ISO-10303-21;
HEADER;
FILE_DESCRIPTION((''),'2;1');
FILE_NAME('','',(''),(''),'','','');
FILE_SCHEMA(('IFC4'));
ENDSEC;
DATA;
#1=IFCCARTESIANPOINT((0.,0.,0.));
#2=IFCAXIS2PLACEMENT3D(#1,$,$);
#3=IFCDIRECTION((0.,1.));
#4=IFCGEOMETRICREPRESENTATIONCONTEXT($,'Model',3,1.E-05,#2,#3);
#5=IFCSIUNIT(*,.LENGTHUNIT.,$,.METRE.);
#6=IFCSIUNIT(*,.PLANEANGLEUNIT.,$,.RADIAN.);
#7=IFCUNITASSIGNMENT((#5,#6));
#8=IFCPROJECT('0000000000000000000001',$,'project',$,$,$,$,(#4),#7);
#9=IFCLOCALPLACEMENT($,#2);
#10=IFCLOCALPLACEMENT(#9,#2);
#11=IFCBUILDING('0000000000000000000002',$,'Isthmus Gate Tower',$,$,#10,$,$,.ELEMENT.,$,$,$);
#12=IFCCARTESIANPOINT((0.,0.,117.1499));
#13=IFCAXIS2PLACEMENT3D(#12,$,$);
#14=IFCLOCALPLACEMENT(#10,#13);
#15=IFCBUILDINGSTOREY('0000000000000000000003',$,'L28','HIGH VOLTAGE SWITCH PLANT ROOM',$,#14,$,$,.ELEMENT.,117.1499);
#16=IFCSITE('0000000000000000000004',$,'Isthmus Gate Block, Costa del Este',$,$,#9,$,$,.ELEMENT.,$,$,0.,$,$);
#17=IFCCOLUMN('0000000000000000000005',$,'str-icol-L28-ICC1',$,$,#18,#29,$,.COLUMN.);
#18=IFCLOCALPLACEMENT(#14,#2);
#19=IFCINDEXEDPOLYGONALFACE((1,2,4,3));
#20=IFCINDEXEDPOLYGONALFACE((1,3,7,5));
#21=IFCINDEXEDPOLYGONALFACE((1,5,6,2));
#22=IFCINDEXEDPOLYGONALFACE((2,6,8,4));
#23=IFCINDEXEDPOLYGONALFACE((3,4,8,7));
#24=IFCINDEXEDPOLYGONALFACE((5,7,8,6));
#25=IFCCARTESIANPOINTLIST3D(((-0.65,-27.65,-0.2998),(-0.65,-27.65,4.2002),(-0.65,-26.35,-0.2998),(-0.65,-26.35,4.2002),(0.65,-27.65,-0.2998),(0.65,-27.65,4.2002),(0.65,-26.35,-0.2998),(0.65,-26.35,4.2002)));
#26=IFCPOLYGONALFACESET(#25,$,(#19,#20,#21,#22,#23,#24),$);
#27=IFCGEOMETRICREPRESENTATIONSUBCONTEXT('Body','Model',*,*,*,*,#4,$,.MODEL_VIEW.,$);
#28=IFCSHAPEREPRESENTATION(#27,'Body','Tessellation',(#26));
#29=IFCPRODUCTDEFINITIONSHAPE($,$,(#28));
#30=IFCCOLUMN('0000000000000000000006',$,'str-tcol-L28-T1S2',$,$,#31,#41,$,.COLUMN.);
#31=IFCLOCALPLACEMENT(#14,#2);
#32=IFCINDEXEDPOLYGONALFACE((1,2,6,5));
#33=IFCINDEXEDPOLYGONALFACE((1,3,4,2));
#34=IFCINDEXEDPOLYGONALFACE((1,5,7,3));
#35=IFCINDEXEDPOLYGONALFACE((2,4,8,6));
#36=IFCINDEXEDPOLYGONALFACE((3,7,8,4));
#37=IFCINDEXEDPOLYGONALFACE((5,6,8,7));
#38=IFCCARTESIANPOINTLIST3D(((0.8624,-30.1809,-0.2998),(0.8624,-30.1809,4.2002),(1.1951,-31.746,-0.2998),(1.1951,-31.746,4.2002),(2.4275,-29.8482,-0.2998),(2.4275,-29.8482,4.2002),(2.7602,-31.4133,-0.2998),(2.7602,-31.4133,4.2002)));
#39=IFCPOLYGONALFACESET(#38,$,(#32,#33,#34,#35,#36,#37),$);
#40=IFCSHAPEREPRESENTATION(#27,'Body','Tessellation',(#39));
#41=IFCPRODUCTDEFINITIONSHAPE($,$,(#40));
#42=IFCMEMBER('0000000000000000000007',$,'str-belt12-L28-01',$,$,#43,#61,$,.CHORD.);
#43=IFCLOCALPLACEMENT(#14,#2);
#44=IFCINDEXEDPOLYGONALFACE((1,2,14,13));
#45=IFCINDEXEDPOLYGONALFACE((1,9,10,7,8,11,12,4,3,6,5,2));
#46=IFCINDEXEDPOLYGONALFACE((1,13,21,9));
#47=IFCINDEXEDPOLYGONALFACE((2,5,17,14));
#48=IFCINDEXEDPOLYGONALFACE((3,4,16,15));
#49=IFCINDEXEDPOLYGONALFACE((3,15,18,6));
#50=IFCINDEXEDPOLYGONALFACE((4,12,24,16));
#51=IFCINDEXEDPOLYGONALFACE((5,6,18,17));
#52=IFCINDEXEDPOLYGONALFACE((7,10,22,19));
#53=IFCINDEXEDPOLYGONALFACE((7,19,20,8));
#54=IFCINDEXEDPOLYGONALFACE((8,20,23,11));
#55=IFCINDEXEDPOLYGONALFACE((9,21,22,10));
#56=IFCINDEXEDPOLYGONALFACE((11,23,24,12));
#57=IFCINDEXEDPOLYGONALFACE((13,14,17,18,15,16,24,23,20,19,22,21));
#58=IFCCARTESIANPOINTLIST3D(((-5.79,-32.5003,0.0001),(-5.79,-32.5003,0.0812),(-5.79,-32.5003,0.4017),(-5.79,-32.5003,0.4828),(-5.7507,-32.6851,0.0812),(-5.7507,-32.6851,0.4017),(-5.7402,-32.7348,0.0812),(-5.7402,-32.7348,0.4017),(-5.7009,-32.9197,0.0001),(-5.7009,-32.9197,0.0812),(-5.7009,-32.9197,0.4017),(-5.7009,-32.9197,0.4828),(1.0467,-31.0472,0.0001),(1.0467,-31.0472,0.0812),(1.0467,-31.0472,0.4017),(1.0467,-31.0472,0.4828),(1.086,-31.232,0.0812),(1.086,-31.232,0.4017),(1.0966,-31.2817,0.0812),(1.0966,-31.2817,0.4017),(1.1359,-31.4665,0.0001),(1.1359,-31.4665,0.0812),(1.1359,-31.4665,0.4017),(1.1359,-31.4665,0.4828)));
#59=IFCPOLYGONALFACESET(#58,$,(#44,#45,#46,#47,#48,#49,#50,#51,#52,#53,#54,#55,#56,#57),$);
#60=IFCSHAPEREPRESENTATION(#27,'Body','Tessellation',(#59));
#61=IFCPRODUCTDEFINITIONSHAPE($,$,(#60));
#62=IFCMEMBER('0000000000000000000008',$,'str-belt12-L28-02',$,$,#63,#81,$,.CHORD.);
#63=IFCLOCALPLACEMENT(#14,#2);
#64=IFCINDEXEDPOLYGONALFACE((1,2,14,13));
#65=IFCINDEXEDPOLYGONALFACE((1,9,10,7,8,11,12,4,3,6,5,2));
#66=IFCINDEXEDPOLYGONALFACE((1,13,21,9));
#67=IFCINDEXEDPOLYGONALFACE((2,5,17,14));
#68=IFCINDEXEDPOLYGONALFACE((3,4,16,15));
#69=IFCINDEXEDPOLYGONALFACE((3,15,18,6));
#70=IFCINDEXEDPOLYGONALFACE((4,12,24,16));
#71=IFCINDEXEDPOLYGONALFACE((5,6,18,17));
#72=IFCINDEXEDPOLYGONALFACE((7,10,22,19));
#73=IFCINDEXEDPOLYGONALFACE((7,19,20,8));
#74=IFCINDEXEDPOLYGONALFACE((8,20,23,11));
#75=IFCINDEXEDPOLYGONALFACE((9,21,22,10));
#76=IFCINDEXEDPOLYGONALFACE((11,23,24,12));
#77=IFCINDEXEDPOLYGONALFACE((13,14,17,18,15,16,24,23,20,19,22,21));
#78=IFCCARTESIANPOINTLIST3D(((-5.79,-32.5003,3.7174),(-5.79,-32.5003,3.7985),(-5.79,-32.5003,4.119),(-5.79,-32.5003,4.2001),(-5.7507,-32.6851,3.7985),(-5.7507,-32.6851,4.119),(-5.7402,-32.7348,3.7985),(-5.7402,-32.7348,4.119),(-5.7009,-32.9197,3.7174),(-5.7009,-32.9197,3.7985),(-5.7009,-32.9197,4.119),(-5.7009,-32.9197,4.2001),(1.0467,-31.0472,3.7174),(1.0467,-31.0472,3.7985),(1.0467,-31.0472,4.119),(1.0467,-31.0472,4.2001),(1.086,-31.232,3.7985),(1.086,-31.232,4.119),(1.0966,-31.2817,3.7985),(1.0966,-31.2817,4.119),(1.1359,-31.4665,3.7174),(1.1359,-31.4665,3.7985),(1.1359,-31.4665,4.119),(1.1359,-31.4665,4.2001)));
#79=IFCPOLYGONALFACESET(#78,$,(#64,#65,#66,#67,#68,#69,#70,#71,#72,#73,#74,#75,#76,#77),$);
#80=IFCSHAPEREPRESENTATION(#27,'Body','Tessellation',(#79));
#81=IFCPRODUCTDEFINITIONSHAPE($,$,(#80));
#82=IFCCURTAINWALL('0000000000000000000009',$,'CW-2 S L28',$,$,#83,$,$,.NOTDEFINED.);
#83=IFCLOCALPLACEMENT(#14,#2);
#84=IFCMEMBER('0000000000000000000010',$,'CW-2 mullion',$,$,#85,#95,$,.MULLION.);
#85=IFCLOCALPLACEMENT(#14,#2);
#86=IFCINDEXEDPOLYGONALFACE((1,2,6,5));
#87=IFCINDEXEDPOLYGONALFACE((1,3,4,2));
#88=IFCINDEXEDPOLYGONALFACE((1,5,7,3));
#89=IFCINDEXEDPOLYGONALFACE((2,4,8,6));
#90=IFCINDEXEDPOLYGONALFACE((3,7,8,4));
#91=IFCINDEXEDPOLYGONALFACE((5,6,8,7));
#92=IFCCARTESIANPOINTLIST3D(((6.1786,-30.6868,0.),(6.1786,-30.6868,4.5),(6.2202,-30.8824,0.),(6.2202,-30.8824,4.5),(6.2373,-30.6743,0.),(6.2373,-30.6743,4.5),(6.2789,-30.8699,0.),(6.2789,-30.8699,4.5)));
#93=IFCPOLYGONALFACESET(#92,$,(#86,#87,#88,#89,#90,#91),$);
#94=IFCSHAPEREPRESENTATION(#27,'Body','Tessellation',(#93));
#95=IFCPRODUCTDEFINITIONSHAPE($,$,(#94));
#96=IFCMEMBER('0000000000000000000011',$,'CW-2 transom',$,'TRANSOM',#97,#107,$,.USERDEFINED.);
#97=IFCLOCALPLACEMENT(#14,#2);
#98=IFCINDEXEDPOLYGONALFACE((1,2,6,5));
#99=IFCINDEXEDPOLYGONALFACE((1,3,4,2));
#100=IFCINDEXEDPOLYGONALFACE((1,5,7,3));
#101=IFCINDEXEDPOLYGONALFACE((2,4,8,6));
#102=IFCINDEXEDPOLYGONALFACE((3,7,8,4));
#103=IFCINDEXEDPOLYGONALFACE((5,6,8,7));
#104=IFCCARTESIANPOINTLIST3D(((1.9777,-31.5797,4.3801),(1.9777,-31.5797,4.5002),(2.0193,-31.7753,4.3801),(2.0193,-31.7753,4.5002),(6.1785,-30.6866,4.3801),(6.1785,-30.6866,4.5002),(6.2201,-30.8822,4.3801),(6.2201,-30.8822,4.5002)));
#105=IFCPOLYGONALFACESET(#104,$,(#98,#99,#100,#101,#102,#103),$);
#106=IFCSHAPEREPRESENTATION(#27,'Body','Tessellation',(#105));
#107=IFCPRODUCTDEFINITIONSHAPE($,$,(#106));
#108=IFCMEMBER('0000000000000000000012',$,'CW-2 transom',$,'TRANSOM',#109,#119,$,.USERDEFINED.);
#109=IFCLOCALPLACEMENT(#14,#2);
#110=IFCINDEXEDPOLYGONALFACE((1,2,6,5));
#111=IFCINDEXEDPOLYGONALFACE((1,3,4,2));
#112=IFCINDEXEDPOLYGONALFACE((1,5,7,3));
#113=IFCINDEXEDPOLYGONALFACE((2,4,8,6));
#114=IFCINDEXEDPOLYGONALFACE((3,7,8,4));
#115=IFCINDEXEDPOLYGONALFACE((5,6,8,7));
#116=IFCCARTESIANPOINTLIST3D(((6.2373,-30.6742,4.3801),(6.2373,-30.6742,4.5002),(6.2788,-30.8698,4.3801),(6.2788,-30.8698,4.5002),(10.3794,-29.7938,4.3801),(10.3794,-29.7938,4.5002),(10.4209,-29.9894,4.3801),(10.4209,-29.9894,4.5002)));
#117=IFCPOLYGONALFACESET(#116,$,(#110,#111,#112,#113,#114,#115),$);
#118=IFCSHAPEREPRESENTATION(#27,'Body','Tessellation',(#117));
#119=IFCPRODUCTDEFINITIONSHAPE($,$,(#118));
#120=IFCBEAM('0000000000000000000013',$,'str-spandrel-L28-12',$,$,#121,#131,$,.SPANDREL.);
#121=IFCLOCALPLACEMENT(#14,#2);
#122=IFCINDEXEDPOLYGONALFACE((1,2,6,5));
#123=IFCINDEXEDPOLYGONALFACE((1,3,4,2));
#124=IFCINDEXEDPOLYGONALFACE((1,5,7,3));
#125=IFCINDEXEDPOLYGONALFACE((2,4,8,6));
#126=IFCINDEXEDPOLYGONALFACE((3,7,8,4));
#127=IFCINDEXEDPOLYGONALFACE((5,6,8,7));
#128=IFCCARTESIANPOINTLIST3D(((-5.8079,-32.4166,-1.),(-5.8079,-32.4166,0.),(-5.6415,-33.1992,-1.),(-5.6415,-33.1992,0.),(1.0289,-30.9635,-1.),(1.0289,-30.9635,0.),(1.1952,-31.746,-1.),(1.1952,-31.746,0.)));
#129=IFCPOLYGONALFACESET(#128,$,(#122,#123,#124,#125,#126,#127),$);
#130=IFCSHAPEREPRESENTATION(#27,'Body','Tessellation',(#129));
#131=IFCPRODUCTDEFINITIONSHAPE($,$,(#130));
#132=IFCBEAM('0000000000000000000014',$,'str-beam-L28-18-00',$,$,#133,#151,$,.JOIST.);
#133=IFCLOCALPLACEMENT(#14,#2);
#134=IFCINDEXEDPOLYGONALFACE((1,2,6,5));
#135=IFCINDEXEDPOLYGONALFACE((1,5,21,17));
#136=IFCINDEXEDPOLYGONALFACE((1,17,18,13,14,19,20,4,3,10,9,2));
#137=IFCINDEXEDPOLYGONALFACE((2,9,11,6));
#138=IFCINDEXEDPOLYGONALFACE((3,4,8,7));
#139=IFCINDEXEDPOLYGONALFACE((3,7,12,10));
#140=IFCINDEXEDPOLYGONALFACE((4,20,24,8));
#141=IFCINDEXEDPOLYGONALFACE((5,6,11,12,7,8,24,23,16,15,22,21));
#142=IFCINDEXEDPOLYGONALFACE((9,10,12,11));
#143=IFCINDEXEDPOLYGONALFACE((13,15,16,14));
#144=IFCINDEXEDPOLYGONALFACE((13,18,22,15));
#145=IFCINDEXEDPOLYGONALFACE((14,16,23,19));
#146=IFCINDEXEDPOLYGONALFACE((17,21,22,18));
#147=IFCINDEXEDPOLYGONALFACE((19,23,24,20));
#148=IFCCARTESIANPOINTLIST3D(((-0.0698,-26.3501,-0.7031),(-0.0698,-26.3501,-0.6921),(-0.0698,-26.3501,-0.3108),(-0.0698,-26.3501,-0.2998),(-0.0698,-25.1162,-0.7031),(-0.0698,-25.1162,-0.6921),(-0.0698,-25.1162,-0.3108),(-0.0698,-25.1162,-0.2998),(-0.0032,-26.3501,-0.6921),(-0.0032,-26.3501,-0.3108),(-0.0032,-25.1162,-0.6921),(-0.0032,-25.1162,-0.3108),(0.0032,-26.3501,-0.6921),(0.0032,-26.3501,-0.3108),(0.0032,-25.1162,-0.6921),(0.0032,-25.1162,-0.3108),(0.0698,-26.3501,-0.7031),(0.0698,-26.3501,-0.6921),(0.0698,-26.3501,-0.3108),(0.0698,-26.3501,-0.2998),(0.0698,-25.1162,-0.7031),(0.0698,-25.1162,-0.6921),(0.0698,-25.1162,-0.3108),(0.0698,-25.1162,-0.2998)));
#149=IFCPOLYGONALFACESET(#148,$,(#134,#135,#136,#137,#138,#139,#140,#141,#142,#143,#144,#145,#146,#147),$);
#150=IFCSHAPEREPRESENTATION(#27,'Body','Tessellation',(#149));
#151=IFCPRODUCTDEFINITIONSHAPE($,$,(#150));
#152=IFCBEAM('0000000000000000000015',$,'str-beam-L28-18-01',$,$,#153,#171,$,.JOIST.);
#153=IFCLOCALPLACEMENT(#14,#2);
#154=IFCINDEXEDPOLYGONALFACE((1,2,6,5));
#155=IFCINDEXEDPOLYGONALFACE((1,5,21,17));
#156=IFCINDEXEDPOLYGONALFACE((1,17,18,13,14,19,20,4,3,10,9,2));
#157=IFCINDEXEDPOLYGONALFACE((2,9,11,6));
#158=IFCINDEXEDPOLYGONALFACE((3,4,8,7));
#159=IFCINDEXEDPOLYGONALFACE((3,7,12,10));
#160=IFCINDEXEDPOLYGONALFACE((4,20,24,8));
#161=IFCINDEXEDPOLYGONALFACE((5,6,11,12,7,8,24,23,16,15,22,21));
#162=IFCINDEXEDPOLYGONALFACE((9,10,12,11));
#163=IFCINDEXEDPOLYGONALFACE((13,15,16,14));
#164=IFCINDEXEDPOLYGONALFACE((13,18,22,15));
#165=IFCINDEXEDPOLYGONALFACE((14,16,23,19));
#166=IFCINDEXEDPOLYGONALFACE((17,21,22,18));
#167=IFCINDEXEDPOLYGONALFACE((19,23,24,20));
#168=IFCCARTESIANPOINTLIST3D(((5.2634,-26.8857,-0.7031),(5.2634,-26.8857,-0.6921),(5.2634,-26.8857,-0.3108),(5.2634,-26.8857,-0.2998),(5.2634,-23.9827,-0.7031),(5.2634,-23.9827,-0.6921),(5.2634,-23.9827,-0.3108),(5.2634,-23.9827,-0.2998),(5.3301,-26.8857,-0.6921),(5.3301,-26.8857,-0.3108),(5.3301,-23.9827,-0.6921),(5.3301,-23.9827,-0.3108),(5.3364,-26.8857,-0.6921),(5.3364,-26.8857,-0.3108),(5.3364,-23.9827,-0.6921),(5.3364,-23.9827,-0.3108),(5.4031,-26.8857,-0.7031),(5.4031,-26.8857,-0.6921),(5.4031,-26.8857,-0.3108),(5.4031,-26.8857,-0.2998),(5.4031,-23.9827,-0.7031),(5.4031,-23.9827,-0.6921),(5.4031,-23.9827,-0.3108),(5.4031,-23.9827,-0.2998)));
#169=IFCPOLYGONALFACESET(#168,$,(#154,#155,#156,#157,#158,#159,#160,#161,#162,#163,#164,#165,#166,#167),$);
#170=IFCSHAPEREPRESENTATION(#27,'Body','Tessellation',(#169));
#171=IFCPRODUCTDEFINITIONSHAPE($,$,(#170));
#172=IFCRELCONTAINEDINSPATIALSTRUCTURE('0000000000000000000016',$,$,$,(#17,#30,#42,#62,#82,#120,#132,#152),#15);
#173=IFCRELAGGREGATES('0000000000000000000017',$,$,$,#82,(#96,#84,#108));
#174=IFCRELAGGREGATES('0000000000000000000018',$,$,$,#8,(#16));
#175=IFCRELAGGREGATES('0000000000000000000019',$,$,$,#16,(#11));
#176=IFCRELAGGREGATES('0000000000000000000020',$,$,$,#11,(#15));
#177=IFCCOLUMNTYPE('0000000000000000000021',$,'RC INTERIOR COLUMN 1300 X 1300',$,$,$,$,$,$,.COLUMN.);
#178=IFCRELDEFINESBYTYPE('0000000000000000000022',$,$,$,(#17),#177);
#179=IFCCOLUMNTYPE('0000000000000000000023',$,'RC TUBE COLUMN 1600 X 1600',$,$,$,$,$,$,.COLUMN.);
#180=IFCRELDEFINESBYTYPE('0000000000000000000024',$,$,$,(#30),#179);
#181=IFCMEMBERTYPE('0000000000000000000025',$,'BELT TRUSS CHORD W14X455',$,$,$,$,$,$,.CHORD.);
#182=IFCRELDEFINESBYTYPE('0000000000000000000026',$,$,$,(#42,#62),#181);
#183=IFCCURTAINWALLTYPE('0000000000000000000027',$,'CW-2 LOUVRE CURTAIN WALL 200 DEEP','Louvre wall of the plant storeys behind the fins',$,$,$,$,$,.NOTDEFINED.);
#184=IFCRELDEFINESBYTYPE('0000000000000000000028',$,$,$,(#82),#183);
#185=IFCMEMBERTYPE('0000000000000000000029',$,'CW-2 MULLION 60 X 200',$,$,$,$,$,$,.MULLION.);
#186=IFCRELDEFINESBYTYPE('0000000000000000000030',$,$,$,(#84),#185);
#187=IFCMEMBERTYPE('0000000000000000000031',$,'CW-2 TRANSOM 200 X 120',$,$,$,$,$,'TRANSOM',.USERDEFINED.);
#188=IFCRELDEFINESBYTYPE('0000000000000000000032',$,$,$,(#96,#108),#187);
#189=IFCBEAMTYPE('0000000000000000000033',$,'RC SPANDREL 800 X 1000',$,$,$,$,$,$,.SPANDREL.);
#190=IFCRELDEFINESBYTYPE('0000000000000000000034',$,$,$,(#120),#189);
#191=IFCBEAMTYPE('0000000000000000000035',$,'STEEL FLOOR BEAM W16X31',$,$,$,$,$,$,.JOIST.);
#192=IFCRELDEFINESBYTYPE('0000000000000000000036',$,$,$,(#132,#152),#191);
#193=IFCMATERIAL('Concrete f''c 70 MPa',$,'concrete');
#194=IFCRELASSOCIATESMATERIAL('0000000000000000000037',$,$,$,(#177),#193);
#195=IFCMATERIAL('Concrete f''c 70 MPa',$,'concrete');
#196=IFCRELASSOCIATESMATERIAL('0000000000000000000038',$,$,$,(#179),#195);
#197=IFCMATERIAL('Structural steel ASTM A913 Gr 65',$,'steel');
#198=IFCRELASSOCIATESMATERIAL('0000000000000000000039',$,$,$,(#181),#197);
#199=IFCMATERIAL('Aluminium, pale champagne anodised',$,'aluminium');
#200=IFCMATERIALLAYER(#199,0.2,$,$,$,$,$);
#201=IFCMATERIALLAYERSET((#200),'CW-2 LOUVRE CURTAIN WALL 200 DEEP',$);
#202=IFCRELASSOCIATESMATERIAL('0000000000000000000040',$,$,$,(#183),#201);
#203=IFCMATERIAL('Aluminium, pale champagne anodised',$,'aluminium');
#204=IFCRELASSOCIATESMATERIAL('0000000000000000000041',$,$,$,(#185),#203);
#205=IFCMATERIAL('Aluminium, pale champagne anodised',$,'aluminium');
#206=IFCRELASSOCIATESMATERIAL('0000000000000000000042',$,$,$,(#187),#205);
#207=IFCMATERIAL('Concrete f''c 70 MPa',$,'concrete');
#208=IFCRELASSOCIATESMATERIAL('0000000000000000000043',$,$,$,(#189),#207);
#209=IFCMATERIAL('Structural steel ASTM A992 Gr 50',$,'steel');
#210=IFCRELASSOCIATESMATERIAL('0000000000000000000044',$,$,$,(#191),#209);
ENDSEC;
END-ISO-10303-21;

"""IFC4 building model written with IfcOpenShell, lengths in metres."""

from ifc_helpers import new_model, si_unit, direction, frame, origin, origin_2d, place, context, subcontext, project, spatial, rectangle, i_section, extrude, material, layer, layer_set, material_profile, profile_set, type_object, element, aggregate, save


model = new_model("IFC4")

# Units and contexts
model_context = context("Model", 3, precision=1e-05, world=origin(), true_north=direction((0.0, 1.0)))
body_context = subcontext(model_context, "Body", "Model", "MODEL_VIEW")
ifc_project = project(units=[si_unit("LENGTHUNIT", "METRE"), si_unit("PLANEANGLEUNIT", "RADIAN")], contexts=[model_context])

# Site, building, storey
site_placement = place(None, origin())
site = spatial("IfcSite", under=ifc_project, at=site_placement, Name="Isthmus Gate Block, Costa del Este", CompositionType="ELEMENT", RefElevation=0.0)
building_placement = place(site_placement, origin())
building = spatial("IfcBuilding", under=site, at=building_placement, Name="Isthmus Gate Tower", CompositionType="ELEMENT")
storey_placement = place(building_placement, frame((0.0, 0.0, 117.1499)))
storey = spatial("IfcBuildingStorey", under=building, at=storey_placement, Name="L28", Description="HIGH VOLTAGE SWITCH PLANT ROOM", CompositionType="ELEMENT", Elevation=117.1499)

# Columns
ifc_material_1 = material(Name="Concrete f'c 70 MPa", Category="concrete")
ifc_material_profile_1 = material_profile(ifc_material_1, rectangle(XDim=1.3, YDim=1.3, at=origin_2d()), Name="RC 1300X1300")
ifc_profile_set_1 = profile_set([ifc_material_profile_1], Name="Concrete f'c 70 MPa")
column_type_1 = type_object("IfcColumnType", Name="RC INTERIOR COLUMN 1300 X 1300", PredefinedType="COLUMN", material=ifc_profile_set_1)
column_1_placement = place(storey_placement, frame((0.0, -27.0, -0.2998), z_axis=(0.0, 0.0, 1.0), x_axis=(1.0, 0.0, 0.0)))
element("IfcColumn", 1, at=column_1_placement, inside=storey, type_object=column_type_1, Name="str-icol-L28-ICC1", PredefinedType="COLUMN", context=body_context, shape_type="SweptSolid", body=[
    extrude(rectangle(XDim=1.3, YDim=1.3, at=origin_2d()), origin(), (0.0, 0.0, 1.0), 4.5),
])
ifc_material_2 = material(Name="Concrete f'c 70 MPa", Category="concrete")
ifc_material_profile_2 = material_profile(ifc_material_2, rectangle(XDim=1.6001, YDim=1.6001, at=origin_2d()), Name="RC 1600X1600")
ifc_profile_set_2 = profile_set([ifc_material_profile_2], Name="Concrete f'c 70 MPa")
column_type_2 = type_object("IfcColumnType", Name="RC TUBE COLUMN 1600 X 1600", PredefinedType="COLUMN", material=ifc_profile_set_2)
column_2_placement = place(storey_placement, frame((1.8113, -30.7971, -0.2998), z_axis=(0.0, 0.0, 1.0), x_axis=(0.978148, 0.207912, 0.0)))
element("IfcColumn", 2, at=column_2_placement, inside=storey, type_object=column_type_2, Name="str-tcol-L28-T1S2", PredefinedType="COLUMN", context=body_context, shape_type="SweptSolid", body=[
    extrude(rectangle(XDim=1.6001, YDim=1.6001, at=origin_2d()), origin(), (0.0, 0.0, 1.0), 4.5),
])

# Members
ifc_material_3 = material(Name="Structural steel ASTM A913 Gr 65", Category="steel")
ifc_material_profile_3 = material_profile(ifc_material_3, i_section(OverallWidth=0.4287, OverallDepth=0.4827, WebThickness=0.0508, FlangeThickness=0.0811, at=origin_2d()), Name="W14X455")
ifc_profile_set_3 = profile_set([ifc_material_profile_3], Name="Structural steel ASTM A913 Gr 65")
member_type_1 = type_object("IfcMemberType", Name="BELT TRUSS CHORD W14X455", PredefinedType="CHORD", material=ifc_profile_set_3)
for number, where, z_axis, x_axis, name in (
    (3, (1.0913, -31.2568, 0.2415), (-0.978149, -0.207904, 0.0), (0.207904, -0.978149, 0.0), "str-belt12-L28-01"),
    (4, (1.0913, -31.2568, 3.9587), (-0.978149, -0.207904, 0.0), (0.207904, -0.978149, 0.0), "str-belt12-L28-02"),
):
    element("IfcMember", number, at=place(storey_placement, frame(where, z_axis=z_axis, x_axis=x_axis)), inside=storey, type_object=member_type_1, Name=name, PredefinedType="CHORD", context=body_context, shape_type="SweptSolid", body=[
        extrude(i_section(OverallWidth=0.4287, OverallDepth=0.4827, WebThickness=0.0508, FlangeThickness=0.0811, at=origin_2d()), origin(), (0.0, 0.0, 1.0), 6.9895),
    ])

# Curtain wall, members
ifc_material_4 = material(Name="Aluminium, pale champagne anodised", Category="aluminium")
ifc_layer_1 = layer(ifc_material_4, 0.2)
ifc_layer_set_1 = layer_set([ifc_layer_1], Name="CW-2 LOUVRE CURTAIN WALL 200 DEEP")
curtain_wall_type = type_object("IfcCurtainWallType", Name="CW-2 LOUVRE CURTAIN WALL 200 DEEP", Description="Louvre wall of the plant storeys behind the fins", PredefinedType="NOTDEFINED", material=ifc_layer_set_1)
curtain_wall_placement = place(storey_placement, origin())
curtain_wall = element("IfcCurtainWall", 5, at=curtain_wall_placement, inside=storey, type_object=curtain_wall_type, Name="CW-2 S L28", PredefinedType="NOTDEFINED")
ifc_material_5 = material(Name="Aluminium, pale champagne anodised", Category="aluminium")
ifc_material_profile_4 = material_profile(ifc_material_5, rectangle(XDim=0.0601, YDim=0.2, at=origin_2d()), Name="60x200")
ifc_profile_set_4 = profile_set([ifc_material_profile_4], Name="Aluminium, pale champagne anodised")
member_type_2 = type_object("IfcMemberType", Name="CW-2 MULLION 60 X 200", PredefinedType="MULLION", material=ifc_profile_set_4)
member_1_placement = place(storey_placement, frame((6.2288, -30.7783, 0.0), z_axis=(0.0, 0.0, 1.0), x_axis=(0.978148, 0.207912, 0.0)))
member_1 = element("IfcMember", 6, at=member_1_placement, type_object=member_type_2, Name="CW-2 mullion", PredefinedType="MULLION", context=body_context, shape_type="SweptSolid", body=[
    extrude(rectangle(XDim=0.0601, YDim=0.2, at=origin_2d()), origin(), (0.0, 0.0, 1.0), 4.5),
])
ifc_material_6 = material(Name="Aluminium, pale champagne anodised", Category="aluminium")
ifc_material_profile_5 = material_profile(ifc_material_6, rectangle(XDim=0.2, YDim=0.1201, at=origin_2d()), Name="200x120")
ifc_profile_set_5 = profile_set([ifc_material_profile_5], Name="Aluminium, pale champagne anodised")
member_type_3 = type_object("IfcMemberType", Name="CW-2 TRANSOM 200 X 120", ElementType="TRANSOM", PredefinedType="USERDEFINED", material=ifc_profile_set_5)
member_2_placement = place(storey_placement, frame((1.9985, -31.6775, 4.4402), z_axis=(0.978139, 0.207953, 0.0), x_axis=(-0.207953, 0.978139, 0.0)))
member_2 = element("IfcMember", 7, at=member_2_placement, type_object=member_type_3, Name="CW-2 transom", ObjectType="TRANSOM", PredefinedType="USERDEFINED", context=body_context, shape_type="SweptSolid", body=[
    extrude(rectangle(XDim=0.2, YDim=0.1201, at=origin_2d()), origin(), (0.0, 0.0, 1.0), 4.2947),
])
member_3_placement = place(storey_placement, frame((6.2581, -30.772, 4.4402), z_axis=(0.97815, 0.207899, 0.0), x_axis=(-0.207899, 0.97815, 0.0)))
member_3 = element("IfcMember", 8, at=member_3_placement, type_object=member_type_3, Name="CW-2 transom", ObjectType="TRANSOM", PredefinedType="USERDEFINED", context=body_context, shape_type="SweptSolid", body=[
    extrude(rectangle(XDim=0.2, YDim=0.1201, at=origin_2d()), origin(), (0.0, 0.0, 1.0), 4.2346),
])

# Beams
ifc_material_7 = material(Name="Concrete f'c 70 MPa", Category="concrete")
ifc_material_profile_6 = material_profile(ifc_material_7, rectangle(XDim=0.8, YDim=1.0, at=origin_2d()), Name="RC 800X1000")
ifc_profile_set_6 = profile_set([ifc_material_profile_6], Name="Concrete f'c 70 MPa")
beam_type_1 = type_object("IfcBeamType", Name="RC SPANDREL 800 X 1000", PredefinedType="SPANDREL", material=ifc_profile_set_6)
beam_1_placement = place(storey_placement, frame((1.1121, -31.3547, -0.5), z_axis=(-0.978149, -0.207904, 0.0), x_axis=(0.207904, -0.978149, 0.0)))
element("IfcBeam", 9, at=beam_1_placement, inside=storey, type_object=beam_type_1, Name="str-spandrel-L28-12", PredefinedType="SPANDREL", context=body_context, shape_type="SweptSolid", body=[
    extrude(rectangle(XDim=0.8, YDim=1.0, at=origin_2d()), origin(), (0.0, 0.0, 1.0), 6.9895),
])
ifc_material_8 = material(Name="Structural steel ASTM A992 Gr 50", Category="steel")
ifc_material_profile_7 = material_profile(ifc_material_8, i_section(OverallWidth=0.1396, OverallDepth=0.4033, WebThickness=0.0063, FlangeThickness=0.011, at=origin_2d()), Name="W16X31")
ifc_profile_set_7 = profile_set([ifc_material_profile_7], Name="Structural steel ASTM A992 Gr 50")
beam_type_2 = type_object("IfcBeamType", Name="STEEL FLOOR BEAM W16X31", PredefinedType="JOIST", material=ifc_profile_set_7)
beam_2_placement = place(storey_placement, frame((0.0, -26.3501, -0.5015), z_axis=(0.0, 1.0, 0.0), x_axis=(-1.0, 0.0, 0.0)))
element("IfcBeam", 10, at=beam_2_placement, inside=storey, type_object=beam_type_2, Name="str-beam-L28-18-00", PredefinedType="JOIST", context=body_context, shape_type="SweptSolid", body=[
    extrude(i_section(OverallWidth=0.1396, OverallDepth=0.4033, WebThickness=0.0063, FlangeThickness=0.011, at=origin_2d()), origin(), (0.0, 0.0, 1.0), 1.2339),
])
beam_3_placement = place(storey_placement, frame((5.3333, -26.8857, -0.5015), z_axis=(0.0, 1.0, 0.0), x_axis=(-1.0, 0.0, 0.0)))
element("IfcBeam", 11, at=beam_3_placement, inside=storey, type_object=beam_type_2, Name="str-beam-L28-18-01", PredefinedType="JOIST", context=body_context, shape_type="SweptSolid", body=[
    extrude(i_section(OverallWidth=0.1396, OverallDepth=0.4033, WebThickness=0.0063, FlangeThickness=0.011, at=origin_2d()), origin(), (0.0, 0.0, 1.0), 2.9031),
])

aggregate(curtain_wall, [member_2, member_1, member_3])

save(model, "model.ifc")
